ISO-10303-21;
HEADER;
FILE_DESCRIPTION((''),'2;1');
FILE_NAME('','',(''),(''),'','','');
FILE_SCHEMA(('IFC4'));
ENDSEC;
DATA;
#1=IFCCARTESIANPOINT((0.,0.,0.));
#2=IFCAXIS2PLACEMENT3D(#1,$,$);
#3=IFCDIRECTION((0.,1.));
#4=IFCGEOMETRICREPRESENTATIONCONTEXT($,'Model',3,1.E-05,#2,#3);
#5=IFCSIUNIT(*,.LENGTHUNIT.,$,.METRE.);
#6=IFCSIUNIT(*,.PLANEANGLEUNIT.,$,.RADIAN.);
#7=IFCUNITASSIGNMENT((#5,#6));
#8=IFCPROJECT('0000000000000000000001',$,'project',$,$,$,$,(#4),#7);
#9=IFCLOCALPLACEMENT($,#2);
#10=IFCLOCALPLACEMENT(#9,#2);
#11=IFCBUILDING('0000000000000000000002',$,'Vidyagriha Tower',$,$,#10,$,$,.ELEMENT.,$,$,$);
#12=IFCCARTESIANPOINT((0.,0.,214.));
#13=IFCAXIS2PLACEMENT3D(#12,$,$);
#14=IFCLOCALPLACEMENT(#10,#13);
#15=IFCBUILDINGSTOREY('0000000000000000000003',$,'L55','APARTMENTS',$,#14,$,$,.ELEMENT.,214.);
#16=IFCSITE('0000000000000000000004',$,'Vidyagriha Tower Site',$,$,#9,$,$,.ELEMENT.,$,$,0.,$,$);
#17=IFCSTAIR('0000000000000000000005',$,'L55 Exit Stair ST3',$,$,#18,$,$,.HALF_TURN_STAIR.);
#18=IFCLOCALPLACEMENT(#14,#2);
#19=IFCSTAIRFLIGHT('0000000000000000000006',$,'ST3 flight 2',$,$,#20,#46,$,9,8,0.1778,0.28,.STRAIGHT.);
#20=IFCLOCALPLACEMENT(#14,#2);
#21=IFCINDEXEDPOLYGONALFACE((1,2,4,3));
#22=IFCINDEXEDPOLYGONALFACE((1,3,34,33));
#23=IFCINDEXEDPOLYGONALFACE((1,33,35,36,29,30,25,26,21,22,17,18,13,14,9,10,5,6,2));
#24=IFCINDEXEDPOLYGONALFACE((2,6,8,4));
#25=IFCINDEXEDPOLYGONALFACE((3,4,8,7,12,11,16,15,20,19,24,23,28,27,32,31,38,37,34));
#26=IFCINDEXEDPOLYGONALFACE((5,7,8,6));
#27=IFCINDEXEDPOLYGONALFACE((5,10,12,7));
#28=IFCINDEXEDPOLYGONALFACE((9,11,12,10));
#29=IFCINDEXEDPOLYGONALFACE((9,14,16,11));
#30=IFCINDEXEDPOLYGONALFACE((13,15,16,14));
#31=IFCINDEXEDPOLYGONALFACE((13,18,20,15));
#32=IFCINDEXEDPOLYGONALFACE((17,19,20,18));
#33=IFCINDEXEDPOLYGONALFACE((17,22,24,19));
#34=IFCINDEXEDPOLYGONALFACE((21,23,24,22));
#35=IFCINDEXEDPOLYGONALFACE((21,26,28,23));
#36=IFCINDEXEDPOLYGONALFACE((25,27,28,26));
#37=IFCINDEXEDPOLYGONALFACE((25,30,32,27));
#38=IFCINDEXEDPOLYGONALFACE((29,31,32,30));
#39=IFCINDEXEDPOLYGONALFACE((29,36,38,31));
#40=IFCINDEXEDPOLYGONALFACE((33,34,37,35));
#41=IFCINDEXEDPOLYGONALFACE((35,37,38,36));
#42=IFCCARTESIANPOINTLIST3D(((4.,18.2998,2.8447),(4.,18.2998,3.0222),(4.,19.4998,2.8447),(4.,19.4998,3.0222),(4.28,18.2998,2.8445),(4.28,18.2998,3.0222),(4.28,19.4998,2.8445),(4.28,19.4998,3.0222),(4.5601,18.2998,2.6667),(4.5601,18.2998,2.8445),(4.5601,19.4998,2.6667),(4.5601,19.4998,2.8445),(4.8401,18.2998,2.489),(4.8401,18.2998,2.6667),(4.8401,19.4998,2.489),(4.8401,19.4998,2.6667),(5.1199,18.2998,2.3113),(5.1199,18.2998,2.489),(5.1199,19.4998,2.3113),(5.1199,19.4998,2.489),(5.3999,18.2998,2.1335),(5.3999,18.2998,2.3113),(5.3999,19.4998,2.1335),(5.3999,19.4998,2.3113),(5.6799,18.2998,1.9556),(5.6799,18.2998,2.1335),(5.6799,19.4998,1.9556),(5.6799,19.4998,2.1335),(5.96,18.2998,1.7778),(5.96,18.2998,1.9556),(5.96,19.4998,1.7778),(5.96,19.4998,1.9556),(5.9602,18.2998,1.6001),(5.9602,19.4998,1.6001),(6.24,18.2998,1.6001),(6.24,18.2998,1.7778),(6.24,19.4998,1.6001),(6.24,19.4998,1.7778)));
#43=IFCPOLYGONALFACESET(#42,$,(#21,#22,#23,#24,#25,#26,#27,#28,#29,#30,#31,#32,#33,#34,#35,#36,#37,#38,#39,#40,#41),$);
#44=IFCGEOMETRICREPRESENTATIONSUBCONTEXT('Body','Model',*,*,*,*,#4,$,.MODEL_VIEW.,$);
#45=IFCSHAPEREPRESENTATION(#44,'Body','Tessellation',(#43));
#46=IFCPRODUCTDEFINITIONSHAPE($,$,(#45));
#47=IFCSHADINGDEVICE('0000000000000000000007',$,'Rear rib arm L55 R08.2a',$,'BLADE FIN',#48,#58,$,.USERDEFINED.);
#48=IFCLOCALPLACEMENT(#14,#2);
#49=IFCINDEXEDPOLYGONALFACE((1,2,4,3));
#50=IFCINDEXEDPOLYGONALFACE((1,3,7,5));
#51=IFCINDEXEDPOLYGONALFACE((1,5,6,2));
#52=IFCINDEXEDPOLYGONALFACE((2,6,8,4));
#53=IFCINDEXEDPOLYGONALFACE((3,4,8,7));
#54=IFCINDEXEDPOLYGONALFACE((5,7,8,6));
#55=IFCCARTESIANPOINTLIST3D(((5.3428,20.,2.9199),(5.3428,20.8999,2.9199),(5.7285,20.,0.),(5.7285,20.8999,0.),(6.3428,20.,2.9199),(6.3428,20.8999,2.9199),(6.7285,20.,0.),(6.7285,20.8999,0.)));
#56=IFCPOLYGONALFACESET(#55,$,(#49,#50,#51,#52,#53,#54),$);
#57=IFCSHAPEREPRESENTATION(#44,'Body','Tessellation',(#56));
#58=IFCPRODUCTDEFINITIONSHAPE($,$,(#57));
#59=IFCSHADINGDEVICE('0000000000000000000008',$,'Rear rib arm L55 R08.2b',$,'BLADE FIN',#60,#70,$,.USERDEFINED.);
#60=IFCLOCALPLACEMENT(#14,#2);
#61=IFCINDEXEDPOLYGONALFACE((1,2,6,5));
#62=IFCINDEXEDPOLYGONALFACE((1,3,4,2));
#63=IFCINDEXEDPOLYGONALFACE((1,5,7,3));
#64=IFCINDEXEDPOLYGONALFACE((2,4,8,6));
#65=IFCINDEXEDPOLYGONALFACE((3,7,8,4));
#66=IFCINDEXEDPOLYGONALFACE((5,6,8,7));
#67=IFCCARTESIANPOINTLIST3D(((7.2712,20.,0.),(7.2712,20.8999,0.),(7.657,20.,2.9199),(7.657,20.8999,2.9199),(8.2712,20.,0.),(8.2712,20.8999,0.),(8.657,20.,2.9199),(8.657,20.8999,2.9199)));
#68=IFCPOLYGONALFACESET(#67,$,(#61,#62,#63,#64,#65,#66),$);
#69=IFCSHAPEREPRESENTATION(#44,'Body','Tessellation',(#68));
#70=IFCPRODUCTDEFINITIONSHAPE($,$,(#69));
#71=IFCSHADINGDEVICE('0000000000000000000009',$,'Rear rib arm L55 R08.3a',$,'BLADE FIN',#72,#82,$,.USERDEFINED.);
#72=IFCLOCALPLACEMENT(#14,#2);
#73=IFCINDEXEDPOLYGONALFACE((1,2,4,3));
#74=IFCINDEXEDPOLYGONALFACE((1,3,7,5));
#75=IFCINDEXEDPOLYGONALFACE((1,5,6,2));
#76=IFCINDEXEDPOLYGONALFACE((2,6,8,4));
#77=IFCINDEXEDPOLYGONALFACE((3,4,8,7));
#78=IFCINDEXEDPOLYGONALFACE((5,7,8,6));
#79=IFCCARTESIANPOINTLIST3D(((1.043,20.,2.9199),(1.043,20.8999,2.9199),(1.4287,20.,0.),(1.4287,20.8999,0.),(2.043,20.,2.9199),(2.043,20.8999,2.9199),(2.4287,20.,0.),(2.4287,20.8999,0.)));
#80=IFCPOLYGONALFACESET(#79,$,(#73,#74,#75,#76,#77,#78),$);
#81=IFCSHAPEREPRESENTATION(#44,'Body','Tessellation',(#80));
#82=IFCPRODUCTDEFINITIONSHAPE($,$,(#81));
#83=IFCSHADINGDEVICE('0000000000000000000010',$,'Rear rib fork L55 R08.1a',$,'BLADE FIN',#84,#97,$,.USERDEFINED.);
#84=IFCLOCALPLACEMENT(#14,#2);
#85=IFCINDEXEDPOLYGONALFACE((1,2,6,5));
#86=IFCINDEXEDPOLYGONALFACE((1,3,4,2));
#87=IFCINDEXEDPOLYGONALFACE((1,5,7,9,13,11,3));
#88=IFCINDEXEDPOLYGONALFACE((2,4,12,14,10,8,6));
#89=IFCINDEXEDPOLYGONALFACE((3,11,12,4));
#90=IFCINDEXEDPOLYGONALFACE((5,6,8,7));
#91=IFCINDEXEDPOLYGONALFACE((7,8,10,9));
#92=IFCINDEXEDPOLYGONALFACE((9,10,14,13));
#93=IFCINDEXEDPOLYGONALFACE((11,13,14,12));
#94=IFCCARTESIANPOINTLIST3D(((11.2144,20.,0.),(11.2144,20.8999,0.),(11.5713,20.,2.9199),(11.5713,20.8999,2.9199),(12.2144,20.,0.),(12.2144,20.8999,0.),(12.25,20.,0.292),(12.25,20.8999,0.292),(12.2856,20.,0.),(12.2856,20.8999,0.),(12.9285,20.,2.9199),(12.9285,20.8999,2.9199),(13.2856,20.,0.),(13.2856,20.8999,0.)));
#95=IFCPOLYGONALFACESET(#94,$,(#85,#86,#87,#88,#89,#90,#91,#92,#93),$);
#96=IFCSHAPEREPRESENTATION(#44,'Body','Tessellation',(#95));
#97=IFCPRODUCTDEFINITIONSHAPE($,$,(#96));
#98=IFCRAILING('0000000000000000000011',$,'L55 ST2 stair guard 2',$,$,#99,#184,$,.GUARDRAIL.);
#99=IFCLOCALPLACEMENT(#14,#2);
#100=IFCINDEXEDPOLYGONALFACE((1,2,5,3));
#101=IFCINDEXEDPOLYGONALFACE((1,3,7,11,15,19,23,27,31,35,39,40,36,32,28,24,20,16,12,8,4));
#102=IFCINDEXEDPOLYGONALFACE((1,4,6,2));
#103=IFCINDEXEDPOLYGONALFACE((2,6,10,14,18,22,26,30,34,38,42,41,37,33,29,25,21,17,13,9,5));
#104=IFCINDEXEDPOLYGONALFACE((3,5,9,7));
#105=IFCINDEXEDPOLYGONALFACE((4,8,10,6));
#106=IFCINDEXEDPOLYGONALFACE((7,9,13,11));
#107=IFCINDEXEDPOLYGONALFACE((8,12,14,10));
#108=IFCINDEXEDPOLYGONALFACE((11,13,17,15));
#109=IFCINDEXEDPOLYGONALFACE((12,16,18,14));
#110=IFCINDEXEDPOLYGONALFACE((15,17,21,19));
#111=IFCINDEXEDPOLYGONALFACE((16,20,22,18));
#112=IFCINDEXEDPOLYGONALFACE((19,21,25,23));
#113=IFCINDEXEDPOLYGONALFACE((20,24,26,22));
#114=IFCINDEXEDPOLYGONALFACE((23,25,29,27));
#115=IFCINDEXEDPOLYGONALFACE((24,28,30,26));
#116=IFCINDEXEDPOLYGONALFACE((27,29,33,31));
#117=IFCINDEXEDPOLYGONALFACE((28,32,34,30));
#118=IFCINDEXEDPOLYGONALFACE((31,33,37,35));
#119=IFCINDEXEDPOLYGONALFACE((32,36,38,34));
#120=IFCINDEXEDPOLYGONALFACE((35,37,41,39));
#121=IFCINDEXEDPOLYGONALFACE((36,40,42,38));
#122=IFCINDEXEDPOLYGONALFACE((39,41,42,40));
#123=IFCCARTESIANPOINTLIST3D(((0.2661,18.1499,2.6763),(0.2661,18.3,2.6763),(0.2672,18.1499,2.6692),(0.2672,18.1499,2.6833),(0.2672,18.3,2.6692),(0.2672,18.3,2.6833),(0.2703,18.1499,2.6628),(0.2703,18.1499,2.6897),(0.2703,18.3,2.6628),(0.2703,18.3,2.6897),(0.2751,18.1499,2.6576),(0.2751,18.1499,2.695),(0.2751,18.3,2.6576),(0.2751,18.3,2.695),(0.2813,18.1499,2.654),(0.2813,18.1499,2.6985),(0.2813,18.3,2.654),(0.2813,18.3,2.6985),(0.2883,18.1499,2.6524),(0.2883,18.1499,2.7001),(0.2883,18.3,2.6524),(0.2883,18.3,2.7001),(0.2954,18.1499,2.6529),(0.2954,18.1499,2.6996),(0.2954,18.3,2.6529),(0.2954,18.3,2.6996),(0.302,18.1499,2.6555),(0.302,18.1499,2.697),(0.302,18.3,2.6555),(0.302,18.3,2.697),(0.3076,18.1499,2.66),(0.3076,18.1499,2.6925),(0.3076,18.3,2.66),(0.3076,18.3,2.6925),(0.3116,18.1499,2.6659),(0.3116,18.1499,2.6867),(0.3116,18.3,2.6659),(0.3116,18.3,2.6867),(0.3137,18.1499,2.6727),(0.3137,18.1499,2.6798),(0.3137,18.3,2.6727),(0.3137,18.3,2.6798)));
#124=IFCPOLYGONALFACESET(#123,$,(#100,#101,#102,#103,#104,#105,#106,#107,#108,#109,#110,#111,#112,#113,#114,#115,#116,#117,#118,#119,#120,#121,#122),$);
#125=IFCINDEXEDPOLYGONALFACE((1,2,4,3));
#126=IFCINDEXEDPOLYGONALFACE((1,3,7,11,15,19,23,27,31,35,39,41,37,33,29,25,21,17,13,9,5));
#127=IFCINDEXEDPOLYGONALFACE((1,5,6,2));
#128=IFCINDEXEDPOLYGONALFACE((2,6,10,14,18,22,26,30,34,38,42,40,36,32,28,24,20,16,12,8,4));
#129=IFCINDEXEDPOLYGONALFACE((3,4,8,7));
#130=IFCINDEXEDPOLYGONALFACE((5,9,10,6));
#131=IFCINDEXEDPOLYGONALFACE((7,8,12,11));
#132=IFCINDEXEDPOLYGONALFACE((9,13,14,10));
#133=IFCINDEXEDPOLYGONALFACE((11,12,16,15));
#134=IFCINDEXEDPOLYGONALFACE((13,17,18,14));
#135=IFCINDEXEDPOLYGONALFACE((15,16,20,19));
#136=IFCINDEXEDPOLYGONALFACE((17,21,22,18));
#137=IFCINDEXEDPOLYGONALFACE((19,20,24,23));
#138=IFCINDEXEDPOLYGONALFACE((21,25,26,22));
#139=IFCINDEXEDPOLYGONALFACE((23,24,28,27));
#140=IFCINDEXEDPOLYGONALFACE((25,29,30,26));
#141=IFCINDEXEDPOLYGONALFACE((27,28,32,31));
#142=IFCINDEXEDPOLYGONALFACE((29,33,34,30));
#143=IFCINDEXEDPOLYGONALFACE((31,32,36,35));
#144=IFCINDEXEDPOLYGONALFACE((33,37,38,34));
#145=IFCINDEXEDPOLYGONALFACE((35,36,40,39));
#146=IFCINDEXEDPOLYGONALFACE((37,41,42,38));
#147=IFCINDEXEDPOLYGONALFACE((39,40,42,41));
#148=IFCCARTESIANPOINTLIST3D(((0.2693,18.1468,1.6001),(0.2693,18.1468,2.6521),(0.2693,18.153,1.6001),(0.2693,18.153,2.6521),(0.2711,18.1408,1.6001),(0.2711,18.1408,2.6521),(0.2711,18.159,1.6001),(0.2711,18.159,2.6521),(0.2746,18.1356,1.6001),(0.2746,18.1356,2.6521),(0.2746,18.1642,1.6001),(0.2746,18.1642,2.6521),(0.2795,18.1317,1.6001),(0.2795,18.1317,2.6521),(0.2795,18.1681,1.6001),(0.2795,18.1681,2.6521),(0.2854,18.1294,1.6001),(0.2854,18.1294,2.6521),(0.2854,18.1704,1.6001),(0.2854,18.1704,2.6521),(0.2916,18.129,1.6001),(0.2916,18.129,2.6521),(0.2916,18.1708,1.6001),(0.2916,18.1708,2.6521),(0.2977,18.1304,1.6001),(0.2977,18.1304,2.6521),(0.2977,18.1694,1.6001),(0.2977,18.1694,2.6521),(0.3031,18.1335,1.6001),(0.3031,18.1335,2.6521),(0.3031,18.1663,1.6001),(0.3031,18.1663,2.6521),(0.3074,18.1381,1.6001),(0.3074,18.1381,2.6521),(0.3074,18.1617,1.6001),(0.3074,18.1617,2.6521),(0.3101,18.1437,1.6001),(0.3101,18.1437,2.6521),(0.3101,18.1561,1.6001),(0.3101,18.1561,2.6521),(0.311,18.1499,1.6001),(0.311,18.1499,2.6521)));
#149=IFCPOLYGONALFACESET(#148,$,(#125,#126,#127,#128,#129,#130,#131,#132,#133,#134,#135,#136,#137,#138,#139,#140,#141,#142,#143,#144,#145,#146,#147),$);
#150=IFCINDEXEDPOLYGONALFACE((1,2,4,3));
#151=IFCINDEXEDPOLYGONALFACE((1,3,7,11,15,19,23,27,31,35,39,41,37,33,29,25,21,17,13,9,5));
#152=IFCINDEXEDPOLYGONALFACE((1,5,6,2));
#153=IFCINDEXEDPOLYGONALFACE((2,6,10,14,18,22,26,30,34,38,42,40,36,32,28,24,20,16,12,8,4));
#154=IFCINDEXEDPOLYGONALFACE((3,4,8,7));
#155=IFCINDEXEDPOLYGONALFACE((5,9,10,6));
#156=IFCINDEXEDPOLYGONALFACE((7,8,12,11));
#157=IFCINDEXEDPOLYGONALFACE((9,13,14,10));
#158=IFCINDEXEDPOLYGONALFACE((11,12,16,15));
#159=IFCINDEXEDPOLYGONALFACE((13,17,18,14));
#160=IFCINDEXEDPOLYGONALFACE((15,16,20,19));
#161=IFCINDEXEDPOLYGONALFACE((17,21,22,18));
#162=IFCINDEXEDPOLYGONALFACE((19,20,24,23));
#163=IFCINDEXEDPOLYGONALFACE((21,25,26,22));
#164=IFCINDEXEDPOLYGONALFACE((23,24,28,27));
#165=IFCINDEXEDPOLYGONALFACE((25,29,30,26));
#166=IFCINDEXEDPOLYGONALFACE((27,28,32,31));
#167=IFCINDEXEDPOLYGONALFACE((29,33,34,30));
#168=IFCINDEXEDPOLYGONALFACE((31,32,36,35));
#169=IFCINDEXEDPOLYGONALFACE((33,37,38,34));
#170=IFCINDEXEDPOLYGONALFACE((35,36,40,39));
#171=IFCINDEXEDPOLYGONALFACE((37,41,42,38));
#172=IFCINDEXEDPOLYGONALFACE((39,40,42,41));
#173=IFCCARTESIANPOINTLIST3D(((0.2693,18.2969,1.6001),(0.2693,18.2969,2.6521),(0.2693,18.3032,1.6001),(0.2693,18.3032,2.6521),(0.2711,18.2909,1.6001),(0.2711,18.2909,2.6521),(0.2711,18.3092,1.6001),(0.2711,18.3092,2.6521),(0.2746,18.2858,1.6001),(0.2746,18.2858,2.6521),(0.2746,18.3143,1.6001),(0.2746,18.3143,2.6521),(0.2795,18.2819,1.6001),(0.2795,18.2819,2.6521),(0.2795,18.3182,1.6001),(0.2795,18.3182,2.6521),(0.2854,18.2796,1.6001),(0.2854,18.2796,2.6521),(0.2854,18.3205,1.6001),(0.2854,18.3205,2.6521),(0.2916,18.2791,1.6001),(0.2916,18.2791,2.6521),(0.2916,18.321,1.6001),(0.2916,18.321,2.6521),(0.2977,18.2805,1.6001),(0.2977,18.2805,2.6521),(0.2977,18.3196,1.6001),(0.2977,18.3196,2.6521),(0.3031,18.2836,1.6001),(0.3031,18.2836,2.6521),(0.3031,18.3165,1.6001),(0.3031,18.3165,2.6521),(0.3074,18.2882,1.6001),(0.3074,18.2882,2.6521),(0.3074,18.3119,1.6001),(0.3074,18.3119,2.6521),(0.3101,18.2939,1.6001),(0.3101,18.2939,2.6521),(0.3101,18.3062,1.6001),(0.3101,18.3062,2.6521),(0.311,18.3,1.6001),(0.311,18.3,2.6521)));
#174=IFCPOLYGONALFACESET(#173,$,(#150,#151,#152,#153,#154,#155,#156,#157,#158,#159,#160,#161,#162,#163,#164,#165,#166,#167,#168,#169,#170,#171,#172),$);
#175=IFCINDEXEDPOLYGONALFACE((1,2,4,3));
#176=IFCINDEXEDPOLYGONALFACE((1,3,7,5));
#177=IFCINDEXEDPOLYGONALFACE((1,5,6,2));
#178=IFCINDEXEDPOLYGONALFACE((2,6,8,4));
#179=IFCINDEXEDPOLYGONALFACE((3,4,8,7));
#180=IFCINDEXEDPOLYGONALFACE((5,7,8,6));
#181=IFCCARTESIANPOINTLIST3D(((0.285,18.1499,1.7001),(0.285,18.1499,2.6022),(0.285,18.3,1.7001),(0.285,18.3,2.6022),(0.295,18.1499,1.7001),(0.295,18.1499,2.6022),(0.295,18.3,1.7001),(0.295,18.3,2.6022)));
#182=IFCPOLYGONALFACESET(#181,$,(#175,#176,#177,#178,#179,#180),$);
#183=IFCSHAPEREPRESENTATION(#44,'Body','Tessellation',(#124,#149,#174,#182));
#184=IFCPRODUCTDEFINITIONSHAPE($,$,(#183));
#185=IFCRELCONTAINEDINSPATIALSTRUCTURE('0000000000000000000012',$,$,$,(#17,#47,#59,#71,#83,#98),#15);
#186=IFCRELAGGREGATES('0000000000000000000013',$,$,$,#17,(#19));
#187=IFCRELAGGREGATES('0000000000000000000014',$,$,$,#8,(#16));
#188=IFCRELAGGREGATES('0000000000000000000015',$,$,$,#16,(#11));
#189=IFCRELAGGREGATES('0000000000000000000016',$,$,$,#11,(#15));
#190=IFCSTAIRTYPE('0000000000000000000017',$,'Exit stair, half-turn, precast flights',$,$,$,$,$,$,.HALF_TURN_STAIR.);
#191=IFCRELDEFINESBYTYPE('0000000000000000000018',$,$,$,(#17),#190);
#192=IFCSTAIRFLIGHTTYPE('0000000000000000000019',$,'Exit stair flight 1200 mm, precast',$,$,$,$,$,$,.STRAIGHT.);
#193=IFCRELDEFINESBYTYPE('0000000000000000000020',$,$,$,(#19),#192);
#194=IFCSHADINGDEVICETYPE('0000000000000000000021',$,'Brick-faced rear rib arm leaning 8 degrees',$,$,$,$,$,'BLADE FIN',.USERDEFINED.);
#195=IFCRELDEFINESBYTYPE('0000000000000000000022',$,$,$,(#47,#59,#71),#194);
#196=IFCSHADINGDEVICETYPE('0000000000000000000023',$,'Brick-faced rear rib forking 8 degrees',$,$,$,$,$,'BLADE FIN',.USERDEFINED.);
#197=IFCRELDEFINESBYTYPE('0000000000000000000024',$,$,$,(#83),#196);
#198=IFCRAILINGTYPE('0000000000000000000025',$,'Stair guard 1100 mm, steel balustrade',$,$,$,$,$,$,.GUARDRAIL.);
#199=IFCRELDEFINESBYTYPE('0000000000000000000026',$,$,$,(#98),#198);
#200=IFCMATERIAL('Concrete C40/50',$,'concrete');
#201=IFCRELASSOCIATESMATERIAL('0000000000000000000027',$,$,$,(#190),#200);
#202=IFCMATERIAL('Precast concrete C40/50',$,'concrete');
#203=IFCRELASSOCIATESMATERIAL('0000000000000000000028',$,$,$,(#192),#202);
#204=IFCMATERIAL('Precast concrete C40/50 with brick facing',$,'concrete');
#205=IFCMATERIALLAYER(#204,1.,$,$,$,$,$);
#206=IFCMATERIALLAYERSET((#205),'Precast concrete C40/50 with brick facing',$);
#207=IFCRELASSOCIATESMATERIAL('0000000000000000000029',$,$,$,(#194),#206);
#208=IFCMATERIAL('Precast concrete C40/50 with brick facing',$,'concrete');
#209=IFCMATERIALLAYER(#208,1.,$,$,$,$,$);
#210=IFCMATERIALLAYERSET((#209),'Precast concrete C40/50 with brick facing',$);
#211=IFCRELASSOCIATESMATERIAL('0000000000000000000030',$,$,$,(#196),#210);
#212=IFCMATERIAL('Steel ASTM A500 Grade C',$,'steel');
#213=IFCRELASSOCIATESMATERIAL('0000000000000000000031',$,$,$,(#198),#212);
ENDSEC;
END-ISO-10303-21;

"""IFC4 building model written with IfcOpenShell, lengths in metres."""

from ifc_helpers import new_model, si_unit, direction, frame, origin, origin_2d, place, context, subcontext, project, spatial, polyline, rectangle, circle, outline, extrude, material, layer, layer_set, type_object, element, aggregate, save


model = new_model("IFC4")

# Units and contexts
model_context = context("Model", 3, precision=1e-05, world=origin(), true_north=direction((0.0, 1.0)))
body_context = subcontext(model_context, "Body", "Model", "MODEL_VIEW")
ifc_project = project(units=[si_unit("LENGTHUNIT", "METRE"), si_unit("PLANEANGLEUNIT", "RADIAN")], contexts=[model_context])

# Site, building, storey
site_placement = place(None, origin())
site = spatial("IfcSite", under=ifc_project, at=site_placement, Name="Vidyagriha Tower Site", CompositionType="ELEMENT", RefElevation=0.0)
building_placement = place(site_placement, origin())
building = spatial("IfcBuilding", under=site, at=building_placement, Name="Vidyagriha Tower", CompositionType="ELEMENT")
storey_placement = place(building_placement, frame((0.0, 0.0, 214.0)))
storey = spatial("IfcBuildingStorey", under=building, at=storey_placement, Name="L55", Description="APARTMENTS", CompositionType="ELEMENT", Elevation=214.0)

# Shared definitions
ifc_material_1 = material(Name="Concrete C40/50", Category="concrete")
stair_type = type_object("IfcStairType", Name="Exit stair, half-turn, precast flights", PredefinedType="HALF_TURN_STAIR", material=ifc_material_1)
ifc_material_2 = material(Name="Precast concrete C40/50", Category="concrete")
stair_flight_type = type_object("IfcStairFlightType", Name="Exit stair flight 1200 mm, precast", PredefinedType="STRAIGHT", material=ifc_material_2)

# Stair, stair flight
stair_1_placement = place(storey_placement, origin())
stair_1 = element("IfcStair", 1, at=stair_1_placement, inside=storey, type_object=stair_type, Name="L55 Exit Stair ST3", PredefinedType="HALF_TURN_STAIR")
stair_flight_1_placement = place(storey_placement, frame((6.24, 18.8999, 1.6001), z_axis=(0.0, 0.0, 1.0), x_axis=(-1.0, 0.0, 0.0)))
stair_flight_1 = element("IfcStairFlight", 2, at=stair_flight_1_placement, type_object=stair_flight_type, Name="ST3 flight 2", NumberOfRisers=9, NumberOfTreads=8, PredefinedType="STRAIGHT", RiserHeight=0.1778, TreadLength=0.28, context=body_context, shape_type="SweptSolid", body=[
    extrude(outline(polyline([(0.0, 0.0), (0.0, 0.1777), (0.28, 0.1777), (0.28, 0.3555), (0.5601, 0.3555), (0.5601, 0.5334), (0.8401, 0.5334), (0.8401, 0.7112), (1.1201, 0.7112), (1.1201, 0.8889), (1.3999, 0.8889), (1.3999, 1.0667), (1.6799, 1.0667), (1.6799, 1.2444), (1.96, 1.2444), (1.96, 1.4221), (2.24, 1.4221), (2.24, 1.6001), (2.24, 1.2446), (0.2798, 0.0), (0.0, 0.0)])), frame((0.0, 0.6001, 0.0), z_axis=(0.0, -1.0, 0.0), x_axis=(1.0, 0.0, 0.0)), (0.0, 0.0, 1.0), 1.2),
])
aggregate(stair_1, [stair_flight_1])

# Shading devices
ifc_material_3 = material(Name="Precast concrete C40/50 with brick facing", Category="concrete")
ifc_layer_1 = layer(ifc_material_3, 1.0)
ifc_layer_set_1 = layer_set([ifc_layer_1], Name="Precast concrete C40/50 with brick facing")
shading_device_type_1 = type_object("IfcShadingDeviceType", Name="Brick-faced rear rib arm leaning 8 degrees", ElementType="BLADE FIN", PredefinedType="USERDEFINED", material=ifc_layer_set_1)
shading_device_1_placement = place(storey_placement, frame((6.7285, 20.45, 0.0), z_axis=(0.0, 0.0, 1.0), x_axis=(-1.0, 0.0, 0.0)))
element("IfcShadingDevice", 3, at=shading_device_1_placement, inside=storey, type_object=shading_device_type_1, Name="Rear rib arm L55 R08.2a", ObjectType="BLADE FIN", PredefinedType="USERDEFINED", context=body_context, shape_type="SweptSolid", body=[
    extrude(outline(polyline([(0.0, 0.0), (1.0, 0.0), (1.3857, 2.9199), (0.3857, 2.9199), (0.0, 0.0)])), frame((0.0, 0.45, 0.0), z_axis=(0.0, -1.0, 0.0), x_axis=(1.0, 0.0, 0.0)), (0.0, 0.0, 1.0), 0.8999),
])
shading_device_2_placement = place(storey_placement, frame((8.657, 20.45, 0.0), z_axis=(0.0, 0.0, 1.0), x_axis=(-1.0, 0.0, 0.0)))
element("IfcShadingDevice", 4, at=shading_device_2_placement, inside=storey, type_object=shading_device_type_1, Name="Rear rib arm L55 R08.2b", ObjectType="BLADE FIN", PredefinedType="USERDEFINED", context=body_context, shape_type="SweptSolid", body=[
    extrude(outline(polyline([(0.3857, 0.0), (1.3857, 0.0), (1.0, 2.9199), (0.0, 2.9199), (0.3857, 0.0)])), frame((0.0, 0.45, 0.0), z_axis=(0.0, -1.0, 0.0), x_axis=(1.0, 0.0, 0.0)), (0.0, 0.0, 1.0), 0.8999),
])
shading_device_3_placement = place(storey_placement, frame((2.4287, 20.45, 0.0), z_axis=(0.0, 0.0, 1.0), x_axis=(-1.0, 0.0, 0.0)))
element("IfcShadingDevice", 5, at=shading_device_3_placement, inside=storey, type_object=shading_device_type_1, Name="Rear rib arm L55 R08.3a", ObjectType="BLADE FIN", PredefinedType="USERDEFINED", context=body_context, shape_type="SweptSolid", body=[
    extrude(outline(polyline([(0.0, 0.0), (1.0, 0.0), (1.3857, 2.9199), (0.3857, 2.9199), (0.0, 0.0)])), frame((0.0, 0.45, 0.0), z_axis=(0.0, -1.0, 0.0), x_axis=(1.0, 0.0, 0.0)), (0.0, 0.0, 1.0), 0.8999),
])
ifc_material_4 = material(Name="Precast concrete C40/50 with brick facing", Category="concrete")
ifc_layer_2 = layer(ifc_material_4, 1.0)
ifc_layer_set_2 = layer_set([ifc_layer_2], Name="Precast concrete C40/50 with brick facing")
shading_device_type_2 = type_object("IfcShadingDeviceType", Name="Brick-faced rear rib forking 8 degrees", ElementType="BLADE FIN", PredefinedType="USERDEFINED", material=ifc_layer_set_2)
shading_device_4_placement = place(storey_placement, frame((13.2856, 20.45, 0.0), z_axis=(0.0, 0.0, 1.0), x_axis=(-1.0, 0.0, 0.0)))
element("IfcShadingDevice", 6, at=shading_device_4_placement, inside=storey, type_object=shading_device_type_2, Name="Rear rib fork L55 R08.1a", ObjectType="BLADE FIN", PredefinedType="USERDEFINED", context=body_context, shape_type="SweptSolid", body=[
    extrude(outline(polyline([(1.0, 0.0), (1.0356, 0.292), (1.0713, 0.0), (2.0713, 0.0), (1.7144, 2.9199), (0.3572, 2.9199), (0.0, 0.0), (1.0, 0.0)])), frame((0.0, 0.45, 0.0), z_axis=(0.0, -1.0, 0.0), x_axis=(1.0, 0.0, 0.0)), (0.0, 0.0, 1.0), 0.8999),
])

# Railing
ifc_material_5 = material(Name="Steel ASTM A500 Grade C", Category="steel")
railing_type_1 = type_object("IfcRailingType", Name="Stair guard 1100 mm, steel balustrade", PredefinedType="GUARDRAIL", material=ifc_material_5)
railing_1_placement = place(storey_placement, frame((0.29, 18.1499, 1.6001)))
element("IfcRailing", 7, at=railing_1_placement, inside=storey, type_object=railing_type_1, Name="L55 ST2 stair guard 2", PredefinedType="GUARDRAIL", context=body_context, shape_type="SweptSolid", body=[
    extrude(circle(Radius=0.0239, at=origin_2d()), frame((0.0, 0.0, 1.0762), z_axis=(0.0, 1.0, 0.0), x_axis=(-1.0, 0.0, 0.0)), (0.0, 0.0, 1.0), 0.1501),
    extrude(circle(Radius=0.021, at=origin_2d()), origin(), (0.0, 0.0, 1.0), 1.052),
    extrude(circle(Radius=0.021, at=origin_2d()), frame((0.0, 0.1501, 0.0)), (0.0, 0.0, 1.0), 1.052),
    extrude(rectangle(XDim=0.01, YDim=0.9021, at=origin_2d()), frame((0.0, 0.0, 0.551), z_axis=(0.0, 1.0, 0.0), x_axis=(-1.0, 0.0, 0.0)), (0.0, 0.0, 1.0), 0.1501),
])

save(model, "model.ifc")
